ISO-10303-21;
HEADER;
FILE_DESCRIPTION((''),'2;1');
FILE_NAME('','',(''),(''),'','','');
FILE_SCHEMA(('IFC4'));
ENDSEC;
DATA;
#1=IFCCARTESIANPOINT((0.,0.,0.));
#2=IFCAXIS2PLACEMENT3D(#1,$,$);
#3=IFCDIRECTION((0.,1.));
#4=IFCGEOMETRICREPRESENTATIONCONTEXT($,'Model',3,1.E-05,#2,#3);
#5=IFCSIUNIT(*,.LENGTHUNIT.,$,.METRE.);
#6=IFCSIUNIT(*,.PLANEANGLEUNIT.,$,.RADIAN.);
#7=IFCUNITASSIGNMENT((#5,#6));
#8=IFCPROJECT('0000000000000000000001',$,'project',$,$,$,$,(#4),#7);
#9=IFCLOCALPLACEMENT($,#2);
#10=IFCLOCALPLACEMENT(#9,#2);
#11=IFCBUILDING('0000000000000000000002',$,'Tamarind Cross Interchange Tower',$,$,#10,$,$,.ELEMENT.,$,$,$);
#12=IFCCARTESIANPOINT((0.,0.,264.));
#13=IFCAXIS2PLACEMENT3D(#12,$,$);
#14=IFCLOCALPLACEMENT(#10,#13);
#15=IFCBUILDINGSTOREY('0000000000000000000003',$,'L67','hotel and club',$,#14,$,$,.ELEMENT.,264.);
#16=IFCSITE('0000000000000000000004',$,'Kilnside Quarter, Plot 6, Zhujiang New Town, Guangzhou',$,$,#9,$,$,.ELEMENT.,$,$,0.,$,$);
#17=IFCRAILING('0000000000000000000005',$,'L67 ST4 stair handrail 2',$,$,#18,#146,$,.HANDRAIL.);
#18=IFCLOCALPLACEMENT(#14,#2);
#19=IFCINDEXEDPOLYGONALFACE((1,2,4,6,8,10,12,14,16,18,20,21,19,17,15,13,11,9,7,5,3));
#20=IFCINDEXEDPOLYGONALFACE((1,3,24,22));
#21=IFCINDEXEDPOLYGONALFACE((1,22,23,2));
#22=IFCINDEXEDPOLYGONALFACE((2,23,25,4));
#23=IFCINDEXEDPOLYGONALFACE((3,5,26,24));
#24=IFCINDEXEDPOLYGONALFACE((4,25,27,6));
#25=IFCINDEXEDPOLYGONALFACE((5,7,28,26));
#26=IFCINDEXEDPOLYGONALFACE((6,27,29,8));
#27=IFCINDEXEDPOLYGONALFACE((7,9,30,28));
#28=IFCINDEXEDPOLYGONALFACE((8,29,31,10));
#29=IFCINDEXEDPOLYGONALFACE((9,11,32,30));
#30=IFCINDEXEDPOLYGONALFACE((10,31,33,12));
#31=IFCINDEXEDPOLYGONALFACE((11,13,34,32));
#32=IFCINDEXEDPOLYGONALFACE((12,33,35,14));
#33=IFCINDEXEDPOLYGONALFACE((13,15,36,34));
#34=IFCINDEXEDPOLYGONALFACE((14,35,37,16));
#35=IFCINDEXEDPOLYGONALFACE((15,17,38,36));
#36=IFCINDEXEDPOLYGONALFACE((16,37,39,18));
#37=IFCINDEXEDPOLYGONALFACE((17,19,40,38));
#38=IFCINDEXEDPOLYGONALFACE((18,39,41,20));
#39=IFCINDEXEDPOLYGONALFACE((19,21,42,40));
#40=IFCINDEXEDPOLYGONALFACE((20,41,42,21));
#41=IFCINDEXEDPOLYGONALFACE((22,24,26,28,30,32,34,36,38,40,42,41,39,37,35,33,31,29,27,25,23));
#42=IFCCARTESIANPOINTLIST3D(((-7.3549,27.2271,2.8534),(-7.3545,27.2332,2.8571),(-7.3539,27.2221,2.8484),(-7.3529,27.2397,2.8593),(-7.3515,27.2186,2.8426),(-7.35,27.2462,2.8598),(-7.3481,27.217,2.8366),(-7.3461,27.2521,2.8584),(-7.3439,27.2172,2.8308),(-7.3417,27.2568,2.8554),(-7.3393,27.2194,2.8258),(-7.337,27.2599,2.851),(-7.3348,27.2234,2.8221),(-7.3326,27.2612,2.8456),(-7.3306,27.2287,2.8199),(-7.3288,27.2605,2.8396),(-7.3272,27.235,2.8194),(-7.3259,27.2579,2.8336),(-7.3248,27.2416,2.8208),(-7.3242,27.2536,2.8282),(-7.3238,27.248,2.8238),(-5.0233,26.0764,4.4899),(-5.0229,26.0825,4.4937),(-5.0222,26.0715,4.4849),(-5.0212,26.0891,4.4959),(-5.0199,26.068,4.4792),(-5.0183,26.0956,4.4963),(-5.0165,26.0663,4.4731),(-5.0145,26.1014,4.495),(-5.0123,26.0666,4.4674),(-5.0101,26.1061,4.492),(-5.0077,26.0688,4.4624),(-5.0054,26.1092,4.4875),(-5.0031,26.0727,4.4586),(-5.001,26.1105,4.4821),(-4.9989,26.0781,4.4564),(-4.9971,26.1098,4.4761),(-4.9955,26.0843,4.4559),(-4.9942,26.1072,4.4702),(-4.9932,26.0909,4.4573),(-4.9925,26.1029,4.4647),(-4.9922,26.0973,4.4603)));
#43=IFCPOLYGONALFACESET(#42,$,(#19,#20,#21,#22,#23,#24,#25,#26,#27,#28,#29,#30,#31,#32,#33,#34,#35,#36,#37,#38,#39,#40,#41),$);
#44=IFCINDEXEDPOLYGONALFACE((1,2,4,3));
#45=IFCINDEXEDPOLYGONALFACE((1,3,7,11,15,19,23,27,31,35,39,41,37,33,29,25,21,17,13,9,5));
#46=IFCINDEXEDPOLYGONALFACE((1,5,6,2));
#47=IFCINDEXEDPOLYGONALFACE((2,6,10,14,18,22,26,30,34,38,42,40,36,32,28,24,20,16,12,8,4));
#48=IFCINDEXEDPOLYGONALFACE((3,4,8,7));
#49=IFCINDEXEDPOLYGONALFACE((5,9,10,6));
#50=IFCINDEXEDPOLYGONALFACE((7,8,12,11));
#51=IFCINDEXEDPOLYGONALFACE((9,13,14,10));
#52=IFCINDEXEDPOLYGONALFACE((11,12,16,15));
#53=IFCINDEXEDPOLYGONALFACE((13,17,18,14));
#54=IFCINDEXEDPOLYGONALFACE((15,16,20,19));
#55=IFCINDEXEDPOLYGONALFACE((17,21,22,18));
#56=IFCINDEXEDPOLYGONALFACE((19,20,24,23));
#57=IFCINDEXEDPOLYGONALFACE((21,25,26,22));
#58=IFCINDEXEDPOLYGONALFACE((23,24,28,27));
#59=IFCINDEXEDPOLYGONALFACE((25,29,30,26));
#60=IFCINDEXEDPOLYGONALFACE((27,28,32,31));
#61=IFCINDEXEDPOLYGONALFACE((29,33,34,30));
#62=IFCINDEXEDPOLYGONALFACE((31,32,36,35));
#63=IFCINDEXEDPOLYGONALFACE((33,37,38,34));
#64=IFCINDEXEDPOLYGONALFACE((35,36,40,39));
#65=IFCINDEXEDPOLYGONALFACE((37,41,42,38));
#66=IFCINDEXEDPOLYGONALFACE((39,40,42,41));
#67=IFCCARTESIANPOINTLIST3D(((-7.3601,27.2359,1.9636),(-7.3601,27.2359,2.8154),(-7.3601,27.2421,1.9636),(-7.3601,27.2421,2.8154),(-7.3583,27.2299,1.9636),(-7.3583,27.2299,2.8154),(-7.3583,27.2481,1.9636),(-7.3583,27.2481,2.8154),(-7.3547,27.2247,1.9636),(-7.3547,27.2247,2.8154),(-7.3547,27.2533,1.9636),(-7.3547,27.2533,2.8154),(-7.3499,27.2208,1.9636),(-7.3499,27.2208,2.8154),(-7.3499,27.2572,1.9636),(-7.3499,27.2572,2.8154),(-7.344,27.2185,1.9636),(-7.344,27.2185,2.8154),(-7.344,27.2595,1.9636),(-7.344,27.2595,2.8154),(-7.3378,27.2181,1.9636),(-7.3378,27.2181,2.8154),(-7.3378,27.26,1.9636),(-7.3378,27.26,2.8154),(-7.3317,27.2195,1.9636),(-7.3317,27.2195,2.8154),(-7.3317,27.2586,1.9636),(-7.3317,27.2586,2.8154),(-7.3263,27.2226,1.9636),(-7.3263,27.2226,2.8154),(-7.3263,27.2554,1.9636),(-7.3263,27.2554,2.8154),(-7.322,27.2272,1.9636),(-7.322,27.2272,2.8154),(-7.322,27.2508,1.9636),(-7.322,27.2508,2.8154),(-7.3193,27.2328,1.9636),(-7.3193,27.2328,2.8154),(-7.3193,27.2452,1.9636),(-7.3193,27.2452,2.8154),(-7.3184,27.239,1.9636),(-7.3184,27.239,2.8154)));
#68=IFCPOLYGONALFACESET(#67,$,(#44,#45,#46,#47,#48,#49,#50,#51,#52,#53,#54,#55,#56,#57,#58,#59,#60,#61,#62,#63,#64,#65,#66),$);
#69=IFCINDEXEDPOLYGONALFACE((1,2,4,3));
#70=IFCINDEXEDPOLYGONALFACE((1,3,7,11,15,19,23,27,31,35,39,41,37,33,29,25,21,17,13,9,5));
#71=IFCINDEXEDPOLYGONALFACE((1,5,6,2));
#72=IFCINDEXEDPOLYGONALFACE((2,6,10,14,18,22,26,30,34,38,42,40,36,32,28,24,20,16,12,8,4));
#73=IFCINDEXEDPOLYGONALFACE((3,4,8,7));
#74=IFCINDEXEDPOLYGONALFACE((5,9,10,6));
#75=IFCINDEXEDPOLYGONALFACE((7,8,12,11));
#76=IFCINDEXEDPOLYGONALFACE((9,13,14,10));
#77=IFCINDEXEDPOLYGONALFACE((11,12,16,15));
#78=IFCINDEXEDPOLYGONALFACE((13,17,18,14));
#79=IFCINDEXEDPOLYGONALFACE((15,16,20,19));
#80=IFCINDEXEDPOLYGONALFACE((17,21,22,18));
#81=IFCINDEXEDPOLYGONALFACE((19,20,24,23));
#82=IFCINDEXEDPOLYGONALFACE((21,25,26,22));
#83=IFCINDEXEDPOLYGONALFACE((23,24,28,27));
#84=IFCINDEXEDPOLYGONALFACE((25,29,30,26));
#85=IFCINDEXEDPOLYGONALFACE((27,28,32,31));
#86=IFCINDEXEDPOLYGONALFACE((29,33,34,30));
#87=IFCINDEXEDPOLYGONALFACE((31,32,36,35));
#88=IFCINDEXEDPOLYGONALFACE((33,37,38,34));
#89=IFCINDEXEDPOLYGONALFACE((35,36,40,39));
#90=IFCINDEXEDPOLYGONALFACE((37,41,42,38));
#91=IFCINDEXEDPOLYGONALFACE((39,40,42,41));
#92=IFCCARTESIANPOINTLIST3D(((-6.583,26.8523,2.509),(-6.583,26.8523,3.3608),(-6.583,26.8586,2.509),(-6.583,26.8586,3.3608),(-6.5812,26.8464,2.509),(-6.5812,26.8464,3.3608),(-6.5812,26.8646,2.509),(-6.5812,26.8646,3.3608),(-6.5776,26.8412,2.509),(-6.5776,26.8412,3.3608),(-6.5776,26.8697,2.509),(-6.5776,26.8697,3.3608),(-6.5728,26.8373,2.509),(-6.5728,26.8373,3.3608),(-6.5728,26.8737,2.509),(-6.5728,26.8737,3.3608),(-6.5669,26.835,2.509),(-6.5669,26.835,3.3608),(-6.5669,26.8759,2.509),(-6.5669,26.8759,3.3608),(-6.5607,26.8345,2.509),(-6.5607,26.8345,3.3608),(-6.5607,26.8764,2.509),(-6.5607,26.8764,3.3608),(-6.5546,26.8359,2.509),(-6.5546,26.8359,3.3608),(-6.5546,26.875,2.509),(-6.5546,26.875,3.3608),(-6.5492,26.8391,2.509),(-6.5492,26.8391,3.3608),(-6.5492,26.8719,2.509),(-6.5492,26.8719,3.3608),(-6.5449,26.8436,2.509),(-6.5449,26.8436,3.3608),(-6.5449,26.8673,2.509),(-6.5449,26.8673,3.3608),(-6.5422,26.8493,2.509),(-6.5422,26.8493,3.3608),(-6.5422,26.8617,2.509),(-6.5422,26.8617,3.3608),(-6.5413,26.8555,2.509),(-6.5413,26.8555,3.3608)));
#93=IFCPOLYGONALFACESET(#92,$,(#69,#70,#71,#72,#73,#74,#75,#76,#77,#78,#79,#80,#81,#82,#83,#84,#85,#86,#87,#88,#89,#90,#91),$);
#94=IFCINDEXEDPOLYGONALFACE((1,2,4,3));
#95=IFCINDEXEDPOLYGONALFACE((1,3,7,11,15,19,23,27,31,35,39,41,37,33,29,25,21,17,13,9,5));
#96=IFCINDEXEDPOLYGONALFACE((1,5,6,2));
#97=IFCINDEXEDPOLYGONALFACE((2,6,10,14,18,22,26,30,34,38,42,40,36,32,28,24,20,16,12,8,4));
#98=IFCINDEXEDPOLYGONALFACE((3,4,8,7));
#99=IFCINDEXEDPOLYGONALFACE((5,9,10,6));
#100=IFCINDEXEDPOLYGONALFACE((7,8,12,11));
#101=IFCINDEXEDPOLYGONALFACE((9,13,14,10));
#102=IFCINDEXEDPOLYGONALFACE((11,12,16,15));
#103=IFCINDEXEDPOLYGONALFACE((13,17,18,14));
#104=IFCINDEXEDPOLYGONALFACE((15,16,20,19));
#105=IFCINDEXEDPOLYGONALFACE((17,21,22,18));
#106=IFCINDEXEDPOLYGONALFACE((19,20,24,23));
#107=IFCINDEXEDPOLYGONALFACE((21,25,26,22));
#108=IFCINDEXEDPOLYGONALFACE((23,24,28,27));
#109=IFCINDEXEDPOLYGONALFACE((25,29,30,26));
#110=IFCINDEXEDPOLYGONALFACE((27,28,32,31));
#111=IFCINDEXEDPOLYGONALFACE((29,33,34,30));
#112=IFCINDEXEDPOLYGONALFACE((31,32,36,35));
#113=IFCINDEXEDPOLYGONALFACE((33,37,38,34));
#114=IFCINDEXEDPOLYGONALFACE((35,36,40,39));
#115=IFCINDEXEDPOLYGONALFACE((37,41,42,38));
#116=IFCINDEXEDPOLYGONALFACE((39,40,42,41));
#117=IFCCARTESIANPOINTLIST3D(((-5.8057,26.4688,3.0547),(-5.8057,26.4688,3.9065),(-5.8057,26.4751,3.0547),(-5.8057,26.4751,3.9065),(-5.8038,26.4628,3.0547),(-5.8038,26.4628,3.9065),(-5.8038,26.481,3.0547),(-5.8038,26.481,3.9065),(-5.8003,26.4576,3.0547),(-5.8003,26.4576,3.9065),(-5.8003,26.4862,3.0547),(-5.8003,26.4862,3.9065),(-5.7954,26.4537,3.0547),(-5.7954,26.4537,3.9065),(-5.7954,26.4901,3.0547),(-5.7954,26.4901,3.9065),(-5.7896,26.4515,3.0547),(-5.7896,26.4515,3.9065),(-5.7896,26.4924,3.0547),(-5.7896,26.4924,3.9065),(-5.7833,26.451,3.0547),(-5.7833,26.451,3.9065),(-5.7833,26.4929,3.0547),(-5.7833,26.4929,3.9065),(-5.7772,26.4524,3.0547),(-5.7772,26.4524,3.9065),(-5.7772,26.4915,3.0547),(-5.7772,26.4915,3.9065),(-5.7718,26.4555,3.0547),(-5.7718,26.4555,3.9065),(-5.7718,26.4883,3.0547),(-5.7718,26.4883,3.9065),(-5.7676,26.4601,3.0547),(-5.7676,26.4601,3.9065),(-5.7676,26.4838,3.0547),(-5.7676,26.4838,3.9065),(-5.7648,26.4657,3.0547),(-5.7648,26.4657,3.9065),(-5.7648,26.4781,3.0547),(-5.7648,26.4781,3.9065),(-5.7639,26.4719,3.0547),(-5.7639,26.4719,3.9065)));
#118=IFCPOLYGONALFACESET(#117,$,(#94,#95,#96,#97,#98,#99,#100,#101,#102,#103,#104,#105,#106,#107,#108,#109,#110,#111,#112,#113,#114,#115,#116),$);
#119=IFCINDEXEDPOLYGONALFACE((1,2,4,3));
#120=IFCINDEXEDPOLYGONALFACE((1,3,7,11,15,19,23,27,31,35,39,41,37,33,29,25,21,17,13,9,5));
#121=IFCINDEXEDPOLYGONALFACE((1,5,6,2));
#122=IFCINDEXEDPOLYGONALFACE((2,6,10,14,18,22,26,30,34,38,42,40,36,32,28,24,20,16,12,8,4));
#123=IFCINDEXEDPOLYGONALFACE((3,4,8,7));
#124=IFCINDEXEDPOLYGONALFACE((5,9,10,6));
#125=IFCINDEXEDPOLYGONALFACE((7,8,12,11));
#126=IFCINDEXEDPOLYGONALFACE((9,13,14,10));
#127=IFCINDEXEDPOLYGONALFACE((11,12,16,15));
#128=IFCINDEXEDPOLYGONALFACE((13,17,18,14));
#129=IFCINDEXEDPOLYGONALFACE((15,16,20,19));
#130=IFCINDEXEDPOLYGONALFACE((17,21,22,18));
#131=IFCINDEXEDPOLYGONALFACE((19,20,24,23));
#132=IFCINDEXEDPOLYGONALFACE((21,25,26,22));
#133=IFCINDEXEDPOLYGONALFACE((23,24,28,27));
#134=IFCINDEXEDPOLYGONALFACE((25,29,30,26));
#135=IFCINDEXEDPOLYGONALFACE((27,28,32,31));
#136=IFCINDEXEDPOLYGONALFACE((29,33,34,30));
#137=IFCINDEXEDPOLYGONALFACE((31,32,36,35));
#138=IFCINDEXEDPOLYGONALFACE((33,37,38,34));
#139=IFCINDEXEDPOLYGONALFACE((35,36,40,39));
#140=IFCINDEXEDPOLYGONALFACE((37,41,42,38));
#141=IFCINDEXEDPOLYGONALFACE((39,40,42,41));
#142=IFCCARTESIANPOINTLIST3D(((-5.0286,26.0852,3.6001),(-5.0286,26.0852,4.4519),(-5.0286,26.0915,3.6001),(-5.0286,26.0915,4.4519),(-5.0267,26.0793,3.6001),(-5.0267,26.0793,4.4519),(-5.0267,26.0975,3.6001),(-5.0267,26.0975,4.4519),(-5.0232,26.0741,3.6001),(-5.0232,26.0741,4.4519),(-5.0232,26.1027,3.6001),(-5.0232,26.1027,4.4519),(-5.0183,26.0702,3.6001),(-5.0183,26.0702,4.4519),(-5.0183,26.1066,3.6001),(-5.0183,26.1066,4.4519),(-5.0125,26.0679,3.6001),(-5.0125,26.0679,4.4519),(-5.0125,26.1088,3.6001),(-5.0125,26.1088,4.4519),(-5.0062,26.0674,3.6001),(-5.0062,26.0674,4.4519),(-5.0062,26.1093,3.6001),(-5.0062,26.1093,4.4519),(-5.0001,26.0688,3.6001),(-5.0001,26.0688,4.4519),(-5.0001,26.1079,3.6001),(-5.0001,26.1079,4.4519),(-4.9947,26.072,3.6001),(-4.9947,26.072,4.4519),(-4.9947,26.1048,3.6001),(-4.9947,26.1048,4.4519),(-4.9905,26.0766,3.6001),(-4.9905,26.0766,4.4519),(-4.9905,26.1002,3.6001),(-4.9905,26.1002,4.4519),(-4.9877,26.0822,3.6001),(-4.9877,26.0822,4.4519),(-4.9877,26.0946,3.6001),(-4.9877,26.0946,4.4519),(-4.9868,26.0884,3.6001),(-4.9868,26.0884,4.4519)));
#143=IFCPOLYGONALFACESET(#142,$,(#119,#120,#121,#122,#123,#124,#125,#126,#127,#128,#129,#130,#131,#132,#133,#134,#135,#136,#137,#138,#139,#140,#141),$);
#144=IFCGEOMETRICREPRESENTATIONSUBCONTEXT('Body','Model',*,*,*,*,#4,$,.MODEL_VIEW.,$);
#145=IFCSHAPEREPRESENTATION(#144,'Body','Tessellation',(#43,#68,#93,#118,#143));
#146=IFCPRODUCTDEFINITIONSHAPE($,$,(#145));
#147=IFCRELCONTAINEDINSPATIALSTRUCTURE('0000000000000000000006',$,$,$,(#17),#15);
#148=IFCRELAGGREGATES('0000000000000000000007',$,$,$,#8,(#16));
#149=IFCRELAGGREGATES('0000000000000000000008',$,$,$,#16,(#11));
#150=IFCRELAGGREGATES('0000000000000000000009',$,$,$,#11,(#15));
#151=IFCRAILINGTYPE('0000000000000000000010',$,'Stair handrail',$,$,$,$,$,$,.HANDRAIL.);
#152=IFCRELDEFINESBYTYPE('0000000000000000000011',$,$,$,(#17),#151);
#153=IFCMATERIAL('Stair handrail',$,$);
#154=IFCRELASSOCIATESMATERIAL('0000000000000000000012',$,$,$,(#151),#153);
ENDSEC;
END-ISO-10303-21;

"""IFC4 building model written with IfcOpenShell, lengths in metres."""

from ifc_helpers import new_model, si_unit, direction, frame, origin, origin_2d, place, context, subcontext, project, spatial, circle, extrude, material, type_object, element, save


model = new_model("IFC4")

# Units and contexts
model_context = context("Model", 3, precision=1e-05, world=origin(), true_north=direction((0.0, 1.0)))
body_context = subcontext(model_context, "Body", "Model", "MODEL_VIEW")
ifc_project = project(units=[si_unit("LENGTHUNIT", "METRE"), si_unit("PLANEANGLEUNIT", "RADIAN")], contexts=[model_context])

# Site, building, storey
site_placement = place(None, origin())
site = spatial("IfcSite", under=ifc_project, at=site_placement, Name="Kilnside Quarter, Plot 6, Zhujiang New Town, Guangzhou", CompositionType="ELEMENT", RefElevation=0.0)
building_placement = place(site_placement, origin())
building = spatial("IfcBuilding", under=site, at=building_placement, Name="Tamarind Cross Interchange Tower", CompositionType="ELEMENT")
storey_placement = place(building_placement, frame((0.0, 0.0, 264.0)))
storey = spatial("IfcBuildingStorey", under=building, at=storey_placement, Name="L67", Description="hotel and club", CompositionType="ELEMENT", Elevation=264.0)

# Railing
ifc_material_1 = material(Name="Stair handrail")
railing_type_1 = type_object("IfcRailingType", Name="Stair handrail", PredefinedType="HANDRAIL", material=ifc_material_1)
railing_1_placement = place(storey_placement, frame((-7.3394, 27.239, 1.9636)))
element("IfcRailing", 1, at=railing_1_placement, inside=storey, type_object=railing_type_1, Name="L67 ST4 stair handrail 2", PredefinedType="HANDRAIL", context=body_context, shape_type="SweptSolid", body=[
    extrude(circle(Radius=0.0239, at=origin_2d()), frame((0.0, 0.0, 0.876), z_axis=(0.758929, -0.374537, 0.532681), x_axis=(0.44255, 0.896744, 0.0)), (0.0, 0.0, 1.0), 3.0723),
    extrude(circle(Radius=0.021, at=origin_2d()), origin(), (0.0, 0.0, 1.0), 0.8518),
    extrude(circle(Radius=0.021, at=origin_2d()), frame((0.7771, -0.3835, 0.5454)), (0.0, 0.0, 1.0), 0.8518),
    extrude(circle(Radius=0.021, at=origin_2d()), frame((1.5544, -0.7671, 1.0911)), (0.0, 0.0, 1.0), 0.8518),
    extrude(circle(Radius=0.021, at=origin_2d()), frame((2.3315, -1.1506, 1.6365)), (0.0, 0.0, 1.0), 0.8518),
])

save(model, "model.ifc")
